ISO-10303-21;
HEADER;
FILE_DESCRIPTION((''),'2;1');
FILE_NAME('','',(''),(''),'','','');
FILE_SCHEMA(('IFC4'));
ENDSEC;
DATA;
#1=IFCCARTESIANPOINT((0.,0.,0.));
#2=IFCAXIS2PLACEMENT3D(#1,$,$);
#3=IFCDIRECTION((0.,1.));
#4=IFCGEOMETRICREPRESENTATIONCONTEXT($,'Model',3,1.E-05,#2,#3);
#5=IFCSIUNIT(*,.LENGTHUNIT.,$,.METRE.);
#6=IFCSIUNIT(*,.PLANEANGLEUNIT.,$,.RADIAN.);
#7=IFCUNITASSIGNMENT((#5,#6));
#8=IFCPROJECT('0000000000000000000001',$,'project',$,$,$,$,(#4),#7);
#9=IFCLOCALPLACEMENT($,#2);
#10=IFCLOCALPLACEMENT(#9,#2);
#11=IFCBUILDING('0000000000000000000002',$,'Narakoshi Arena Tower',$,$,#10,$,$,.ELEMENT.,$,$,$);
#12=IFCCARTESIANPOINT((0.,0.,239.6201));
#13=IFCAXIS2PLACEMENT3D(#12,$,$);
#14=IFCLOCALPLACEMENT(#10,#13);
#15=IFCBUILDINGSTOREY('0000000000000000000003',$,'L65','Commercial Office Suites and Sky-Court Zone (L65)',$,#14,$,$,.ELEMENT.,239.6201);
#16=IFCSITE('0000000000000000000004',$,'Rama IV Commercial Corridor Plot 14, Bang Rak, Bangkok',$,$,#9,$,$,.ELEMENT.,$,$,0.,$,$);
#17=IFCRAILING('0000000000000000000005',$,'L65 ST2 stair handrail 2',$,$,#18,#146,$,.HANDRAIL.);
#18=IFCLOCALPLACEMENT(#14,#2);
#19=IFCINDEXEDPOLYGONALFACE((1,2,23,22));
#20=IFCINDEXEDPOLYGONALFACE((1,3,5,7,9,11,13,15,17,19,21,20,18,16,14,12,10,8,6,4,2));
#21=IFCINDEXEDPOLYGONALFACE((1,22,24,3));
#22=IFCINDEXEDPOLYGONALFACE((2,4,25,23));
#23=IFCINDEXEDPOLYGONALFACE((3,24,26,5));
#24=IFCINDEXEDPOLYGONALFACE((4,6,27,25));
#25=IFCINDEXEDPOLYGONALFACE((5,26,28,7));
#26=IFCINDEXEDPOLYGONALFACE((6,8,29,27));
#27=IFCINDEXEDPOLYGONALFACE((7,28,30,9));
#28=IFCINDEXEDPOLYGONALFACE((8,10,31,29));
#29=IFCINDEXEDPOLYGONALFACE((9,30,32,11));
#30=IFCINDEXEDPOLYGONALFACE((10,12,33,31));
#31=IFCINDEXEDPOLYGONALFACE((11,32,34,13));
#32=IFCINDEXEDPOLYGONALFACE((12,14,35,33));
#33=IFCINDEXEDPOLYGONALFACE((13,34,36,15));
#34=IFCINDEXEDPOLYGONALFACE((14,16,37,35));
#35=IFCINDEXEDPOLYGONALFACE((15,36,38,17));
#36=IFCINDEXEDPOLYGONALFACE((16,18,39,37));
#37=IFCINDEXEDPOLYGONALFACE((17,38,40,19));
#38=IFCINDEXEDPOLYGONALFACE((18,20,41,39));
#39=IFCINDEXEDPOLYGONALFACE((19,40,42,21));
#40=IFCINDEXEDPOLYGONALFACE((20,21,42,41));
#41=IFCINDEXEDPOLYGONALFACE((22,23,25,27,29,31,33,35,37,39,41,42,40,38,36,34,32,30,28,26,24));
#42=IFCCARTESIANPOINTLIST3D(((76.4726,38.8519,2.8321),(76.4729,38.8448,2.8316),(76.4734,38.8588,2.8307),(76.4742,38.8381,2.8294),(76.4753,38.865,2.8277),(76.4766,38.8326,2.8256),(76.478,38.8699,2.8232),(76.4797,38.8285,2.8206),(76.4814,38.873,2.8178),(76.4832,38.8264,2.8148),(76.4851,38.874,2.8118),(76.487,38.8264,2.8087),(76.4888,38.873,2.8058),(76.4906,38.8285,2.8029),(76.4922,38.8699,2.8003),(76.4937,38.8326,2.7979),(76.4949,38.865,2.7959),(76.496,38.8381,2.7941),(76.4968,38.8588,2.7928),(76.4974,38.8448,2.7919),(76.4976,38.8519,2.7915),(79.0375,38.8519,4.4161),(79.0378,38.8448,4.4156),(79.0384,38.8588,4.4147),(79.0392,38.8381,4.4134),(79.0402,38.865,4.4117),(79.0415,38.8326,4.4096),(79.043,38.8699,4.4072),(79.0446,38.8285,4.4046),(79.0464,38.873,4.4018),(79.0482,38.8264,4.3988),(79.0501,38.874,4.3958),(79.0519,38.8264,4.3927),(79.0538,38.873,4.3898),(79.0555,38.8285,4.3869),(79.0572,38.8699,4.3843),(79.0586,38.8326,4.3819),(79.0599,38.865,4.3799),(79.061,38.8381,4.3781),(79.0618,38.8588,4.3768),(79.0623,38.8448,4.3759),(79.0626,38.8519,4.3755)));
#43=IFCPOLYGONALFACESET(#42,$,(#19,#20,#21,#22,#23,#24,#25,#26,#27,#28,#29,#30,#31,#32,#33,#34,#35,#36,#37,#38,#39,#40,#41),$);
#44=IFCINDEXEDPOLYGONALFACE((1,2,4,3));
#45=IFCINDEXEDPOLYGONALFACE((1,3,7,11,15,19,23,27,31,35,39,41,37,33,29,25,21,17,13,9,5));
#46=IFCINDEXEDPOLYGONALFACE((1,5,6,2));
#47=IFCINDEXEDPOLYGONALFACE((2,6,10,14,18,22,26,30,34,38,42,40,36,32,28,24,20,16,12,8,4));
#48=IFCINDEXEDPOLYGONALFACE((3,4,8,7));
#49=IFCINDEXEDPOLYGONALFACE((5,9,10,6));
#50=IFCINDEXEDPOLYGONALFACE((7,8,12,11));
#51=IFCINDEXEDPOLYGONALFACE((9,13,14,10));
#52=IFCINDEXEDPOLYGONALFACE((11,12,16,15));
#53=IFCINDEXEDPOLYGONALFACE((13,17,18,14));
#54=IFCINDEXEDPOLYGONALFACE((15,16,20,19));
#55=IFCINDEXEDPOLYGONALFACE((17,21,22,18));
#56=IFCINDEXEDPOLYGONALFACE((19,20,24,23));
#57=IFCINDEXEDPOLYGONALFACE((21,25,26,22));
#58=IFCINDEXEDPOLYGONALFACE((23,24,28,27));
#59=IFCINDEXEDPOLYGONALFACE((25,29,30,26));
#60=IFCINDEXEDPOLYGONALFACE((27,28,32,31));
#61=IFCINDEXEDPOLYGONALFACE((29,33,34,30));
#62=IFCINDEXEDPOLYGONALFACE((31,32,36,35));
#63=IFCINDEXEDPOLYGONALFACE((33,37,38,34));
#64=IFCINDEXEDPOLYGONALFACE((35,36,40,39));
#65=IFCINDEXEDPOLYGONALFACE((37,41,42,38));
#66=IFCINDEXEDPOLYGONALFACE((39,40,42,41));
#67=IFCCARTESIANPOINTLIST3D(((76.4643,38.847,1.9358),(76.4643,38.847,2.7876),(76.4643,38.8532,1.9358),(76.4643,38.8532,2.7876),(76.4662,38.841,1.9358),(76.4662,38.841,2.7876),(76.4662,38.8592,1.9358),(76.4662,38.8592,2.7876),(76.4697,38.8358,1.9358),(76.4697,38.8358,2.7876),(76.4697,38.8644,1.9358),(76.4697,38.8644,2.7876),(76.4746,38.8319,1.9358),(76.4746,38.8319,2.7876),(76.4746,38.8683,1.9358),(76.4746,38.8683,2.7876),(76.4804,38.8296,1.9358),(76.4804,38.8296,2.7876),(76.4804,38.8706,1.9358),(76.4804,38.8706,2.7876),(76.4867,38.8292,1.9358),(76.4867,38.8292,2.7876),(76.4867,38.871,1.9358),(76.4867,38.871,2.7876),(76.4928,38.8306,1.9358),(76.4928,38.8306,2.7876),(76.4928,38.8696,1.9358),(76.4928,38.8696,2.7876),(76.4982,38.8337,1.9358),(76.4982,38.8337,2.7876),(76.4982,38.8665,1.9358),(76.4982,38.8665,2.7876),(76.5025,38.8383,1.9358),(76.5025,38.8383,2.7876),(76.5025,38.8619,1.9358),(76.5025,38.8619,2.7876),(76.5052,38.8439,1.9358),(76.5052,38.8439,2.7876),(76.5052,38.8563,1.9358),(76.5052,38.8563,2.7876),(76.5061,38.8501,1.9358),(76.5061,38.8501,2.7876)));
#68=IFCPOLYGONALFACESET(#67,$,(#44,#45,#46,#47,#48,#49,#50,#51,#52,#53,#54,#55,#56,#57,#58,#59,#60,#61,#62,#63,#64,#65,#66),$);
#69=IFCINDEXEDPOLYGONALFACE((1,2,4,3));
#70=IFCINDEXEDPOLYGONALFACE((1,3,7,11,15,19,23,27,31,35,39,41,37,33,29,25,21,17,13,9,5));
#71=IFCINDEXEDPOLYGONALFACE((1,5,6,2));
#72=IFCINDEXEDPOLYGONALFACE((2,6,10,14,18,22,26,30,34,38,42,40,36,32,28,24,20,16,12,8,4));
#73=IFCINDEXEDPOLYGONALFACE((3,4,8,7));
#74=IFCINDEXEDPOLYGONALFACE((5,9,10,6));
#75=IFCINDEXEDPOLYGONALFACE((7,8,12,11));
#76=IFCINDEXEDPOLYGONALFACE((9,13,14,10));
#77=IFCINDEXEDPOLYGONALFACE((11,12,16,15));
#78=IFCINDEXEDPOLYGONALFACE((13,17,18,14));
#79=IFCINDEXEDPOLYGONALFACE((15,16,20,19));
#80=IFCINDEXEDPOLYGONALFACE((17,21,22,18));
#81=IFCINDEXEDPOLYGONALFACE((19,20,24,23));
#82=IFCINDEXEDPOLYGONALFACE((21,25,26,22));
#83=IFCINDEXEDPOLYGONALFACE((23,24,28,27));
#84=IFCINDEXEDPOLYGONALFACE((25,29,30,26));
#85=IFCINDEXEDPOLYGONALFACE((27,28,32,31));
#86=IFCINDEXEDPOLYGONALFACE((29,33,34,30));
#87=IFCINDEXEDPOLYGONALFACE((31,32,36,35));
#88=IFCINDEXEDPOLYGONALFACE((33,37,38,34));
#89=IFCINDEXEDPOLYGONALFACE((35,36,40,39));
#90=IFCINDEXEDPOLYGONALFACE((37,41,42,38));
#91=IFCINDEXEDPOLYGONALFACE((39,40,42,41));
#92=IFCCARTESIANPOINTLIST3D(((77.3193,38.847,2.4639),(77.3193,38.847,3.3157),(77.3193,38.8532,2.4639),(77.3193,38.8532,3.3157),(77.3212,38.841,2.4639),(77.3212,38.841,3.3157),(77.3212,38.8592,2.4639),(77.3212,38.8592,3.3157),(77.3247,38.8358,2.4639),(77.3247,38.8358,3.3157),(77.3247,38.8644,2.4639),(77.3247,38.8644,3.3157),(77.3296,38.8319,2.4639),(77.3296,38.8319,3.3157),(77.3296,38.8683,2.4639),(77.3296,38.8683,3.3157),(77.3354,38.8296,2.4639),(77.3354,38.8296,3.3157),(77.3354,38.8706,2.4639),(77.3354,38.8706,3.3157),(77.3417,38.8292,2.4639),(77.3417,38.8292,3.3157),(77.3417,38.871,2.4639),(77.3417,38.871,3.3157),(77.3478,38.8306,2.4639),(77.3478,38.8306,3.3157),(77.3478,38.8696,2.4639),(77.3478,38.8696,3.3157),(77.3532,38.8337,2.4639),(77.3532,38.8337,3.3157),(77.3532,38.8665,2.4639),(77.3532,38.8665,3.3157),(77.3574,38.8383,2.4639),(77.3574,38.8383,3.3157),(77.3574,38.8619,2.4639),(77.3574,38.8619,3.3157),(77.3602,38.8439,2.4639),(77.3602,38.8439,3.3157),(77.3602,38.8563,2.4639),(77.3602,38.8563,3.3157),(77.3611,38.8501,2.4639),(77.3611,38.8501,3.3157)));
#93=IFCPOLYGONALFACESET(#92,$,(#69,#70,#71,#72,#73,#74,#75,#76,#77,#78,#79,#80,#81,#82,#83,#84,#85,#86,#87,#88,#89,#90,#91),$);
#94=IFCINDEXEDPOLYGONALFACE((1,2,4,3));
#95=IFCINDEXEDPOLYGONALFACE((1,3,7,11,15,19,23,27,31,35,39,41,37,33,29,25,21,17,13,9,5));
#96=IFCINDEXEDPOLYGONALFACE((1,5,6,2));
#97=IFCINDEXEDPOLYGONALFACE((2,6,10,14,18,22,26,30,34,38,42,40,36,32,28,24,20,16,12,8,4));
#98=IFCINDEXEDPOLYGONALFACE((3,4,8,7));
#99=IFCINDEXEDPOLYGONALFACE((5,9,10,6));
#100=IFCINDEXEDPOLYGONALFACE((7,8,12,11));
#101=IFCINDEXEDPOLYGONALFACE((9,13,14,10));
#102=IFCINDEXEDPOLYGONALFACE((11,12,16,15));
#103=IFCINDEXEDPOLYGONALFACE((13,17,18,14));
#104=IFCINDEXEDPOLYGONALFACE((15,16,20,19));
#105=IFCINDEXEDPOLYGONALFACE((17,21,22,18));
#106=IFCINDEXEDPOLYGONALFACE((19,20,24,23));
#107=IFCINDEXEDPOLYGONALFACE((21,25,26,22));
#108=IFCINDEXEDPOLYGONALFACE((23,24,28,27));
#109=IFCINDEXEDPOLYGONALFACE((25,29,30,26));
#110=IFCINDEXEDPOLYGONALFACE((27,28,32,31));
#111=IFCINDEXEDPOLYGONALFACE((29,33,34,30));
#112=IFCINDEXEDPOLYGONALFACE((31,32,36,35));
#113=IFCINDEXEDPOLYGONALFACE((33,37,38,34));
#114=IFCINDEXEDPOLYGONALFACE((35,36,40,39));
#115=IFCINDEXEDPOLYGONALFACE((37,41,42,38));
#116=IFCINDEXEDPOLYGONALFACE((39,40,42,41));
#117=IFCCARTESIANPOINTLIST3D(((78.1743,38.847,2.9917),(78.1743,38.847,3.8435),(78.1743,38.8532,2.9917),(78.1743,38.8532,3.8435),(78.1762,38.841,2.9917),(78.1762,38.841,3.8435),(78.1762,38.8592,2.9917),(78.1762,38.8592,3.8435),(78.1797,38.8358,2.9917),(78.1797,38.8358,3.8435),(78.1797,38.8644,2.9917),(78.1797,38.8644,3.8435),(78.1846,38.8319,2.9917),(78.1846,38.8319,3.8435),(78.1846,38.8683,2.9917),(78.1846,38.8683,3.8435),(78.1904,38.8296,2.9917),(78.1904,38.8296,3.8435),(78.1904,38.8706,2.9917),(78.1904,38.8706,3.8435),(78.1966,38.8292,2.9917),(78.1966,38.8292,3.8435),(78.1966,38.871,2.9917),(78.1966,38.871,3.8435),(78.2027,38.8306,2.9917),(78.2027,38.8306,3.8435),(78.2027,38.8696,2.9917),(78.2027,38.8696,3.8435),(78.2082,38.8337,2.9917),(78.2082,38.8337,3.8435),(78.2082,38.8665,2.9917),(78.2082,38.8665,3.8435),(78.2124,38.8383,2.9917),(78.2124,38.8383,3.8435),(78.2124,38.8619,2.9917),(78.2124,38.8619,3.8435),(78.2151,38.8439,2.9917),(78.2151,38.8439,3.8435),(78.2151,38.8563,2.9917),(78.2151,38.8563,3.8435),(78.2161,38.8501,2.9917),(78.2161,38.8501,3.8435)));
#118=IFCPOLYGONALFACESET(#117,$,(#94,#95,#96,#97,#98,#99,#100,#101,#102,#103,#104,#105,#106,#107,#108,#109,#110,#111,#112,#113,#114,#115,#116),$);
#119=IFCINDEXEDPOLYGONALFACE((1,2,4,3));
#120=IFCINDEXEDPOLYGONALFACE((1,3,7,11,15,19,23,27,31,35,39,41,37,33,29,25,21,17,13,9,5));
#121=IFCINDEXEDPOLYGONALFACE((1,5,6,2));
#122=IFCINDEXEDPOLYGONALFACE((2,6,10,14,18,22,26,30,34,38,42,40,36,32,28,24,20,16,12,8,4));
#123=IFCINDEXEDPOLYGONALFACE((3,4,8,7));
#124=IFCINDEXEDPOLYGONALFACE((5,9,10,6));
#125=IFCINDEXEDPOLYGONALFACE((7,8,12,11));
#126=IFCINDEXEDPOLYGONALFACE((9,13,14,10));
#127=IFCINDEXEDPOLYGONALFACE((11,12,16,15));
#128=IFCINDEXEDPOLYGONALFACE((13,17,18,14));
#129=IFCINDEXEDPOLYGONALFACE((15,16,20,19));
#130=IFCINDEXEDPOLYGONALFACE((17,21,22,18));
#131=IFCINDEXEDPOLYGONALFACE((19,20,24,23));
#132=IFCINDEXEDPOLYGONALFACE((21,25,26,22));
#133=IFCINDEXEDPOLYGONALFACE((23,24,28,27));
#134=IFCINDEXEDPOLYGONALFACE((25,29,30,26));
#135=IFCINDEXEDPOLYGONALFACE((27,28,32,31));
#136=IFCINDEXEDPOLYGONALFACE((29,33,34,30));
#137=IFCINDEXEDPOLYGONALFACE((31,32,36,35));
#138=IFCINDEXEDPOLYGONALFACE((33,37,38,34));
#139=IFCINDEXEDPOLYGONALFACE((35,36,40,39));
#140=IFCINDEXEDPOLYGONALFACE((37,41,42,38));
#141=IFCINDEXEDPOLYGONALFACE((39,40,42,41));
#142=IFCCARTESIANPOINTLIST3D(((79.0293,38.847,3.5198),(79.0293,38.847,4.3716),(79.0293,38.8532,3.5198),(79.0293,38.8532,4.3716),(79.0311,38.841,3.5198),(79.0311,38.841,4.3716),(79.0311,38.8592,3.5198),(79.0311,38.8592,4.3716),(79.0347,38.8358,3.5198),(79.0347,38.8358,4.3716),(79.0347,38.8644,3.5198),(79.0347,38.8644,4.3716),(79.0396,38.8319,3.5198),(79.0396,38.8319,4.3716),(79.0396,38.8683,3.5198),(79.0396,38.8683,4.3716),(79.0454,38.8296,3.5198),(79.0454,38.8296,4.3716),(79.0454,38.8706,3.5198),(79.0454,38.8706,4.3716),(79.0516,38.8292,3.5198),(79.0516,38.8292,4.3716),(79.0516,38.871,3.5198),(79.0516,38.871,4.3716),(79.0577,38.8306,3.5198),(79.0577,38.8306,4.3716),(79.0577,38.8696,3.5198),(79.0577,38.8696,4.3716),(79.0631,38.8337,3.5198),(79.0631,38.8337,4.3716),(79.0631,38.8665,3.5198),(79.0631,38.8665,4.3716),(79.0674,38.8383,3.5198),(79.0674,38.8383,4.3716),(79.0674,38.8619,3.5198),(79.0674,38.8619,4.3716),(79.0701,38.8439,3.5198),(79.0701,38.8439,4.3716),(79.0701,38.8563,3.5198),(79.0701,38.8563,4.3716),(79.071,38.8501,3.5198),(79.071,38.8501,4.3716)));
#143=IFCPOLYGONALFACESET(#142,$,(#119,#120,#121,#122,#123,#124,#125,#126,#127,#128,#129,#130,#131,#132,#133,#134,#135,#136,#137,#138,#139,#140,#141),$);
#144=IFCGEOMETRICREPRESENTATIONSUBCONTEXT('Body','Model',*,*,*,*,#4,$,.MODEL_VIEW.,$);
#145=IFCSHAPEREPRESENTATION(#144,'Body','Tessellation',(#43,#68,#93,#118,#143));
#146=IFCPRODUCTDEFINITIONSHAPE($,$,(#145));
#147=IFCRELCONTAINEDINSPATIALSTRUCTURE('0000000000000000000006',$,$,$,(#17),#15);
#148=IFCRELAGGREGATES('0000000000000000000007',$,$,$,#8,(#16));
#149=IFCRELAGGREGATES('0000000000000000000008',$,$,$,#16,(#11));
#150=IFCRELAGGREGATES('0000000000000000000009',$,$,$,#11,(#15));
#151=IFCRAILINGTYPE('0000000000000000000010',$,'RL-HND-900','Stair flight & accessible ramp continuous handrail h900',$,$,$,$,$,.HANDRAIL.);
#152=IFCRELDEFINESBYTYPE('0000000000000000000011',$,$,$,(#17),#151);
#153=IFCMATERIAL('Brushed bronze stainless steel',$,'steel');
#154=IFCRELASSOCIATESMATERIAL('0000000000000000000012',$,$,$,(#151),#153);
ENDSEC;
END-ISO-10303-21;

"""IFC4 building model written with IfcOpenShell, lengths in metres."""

from ifc_helpers import new_model, si_unit, direction, frame, origin, origin_2d, place, context, subcontext, project, spatial, circle, extrude, material, type_object, element, save


model = new_model("IFC4")

# Units and contexts
model_context = context("Model", 3, precision=1e-05, world=origin(), true_north=direction((0.0, 1.0)))
body_context = subcontext(model_context, "Body", "Model", "MODEL_VIEW")
ifc_project = project(units=[si_unit("LENGTHUNIT", "METRE"), si_unit("PLANEANGLEUNIT", "RADIAN")], contexts=[model_context])

# Site, building, storey
site_placement = place(None, origin())
site = spatial("IfcSite", under=ifc_project, at=site_placement, Name="Rama IV Commercial Corridor Plot 14, Bang Rak, Bangkok", CompositionType="ELEMENT", RefElevation=0.0)
building_placement = place(site_placement, origin())
building = spatial("IfcBuilding", under=site, at=building_placement, Name="Narakoshi Arena Tower", CompositionType="ELEMENT")
storey_placement = place(building_placement, frame((0.0, 0.0, 239.6201)))
storey = spatial("IfcBuildingStorey", under=building, at=storey_placement, Name="L65", Description="Commercial Office Suites and Sky-Court Zone (L65)", CompositionType="ELEMENT", Elevation=239.6201)

# Railing
ifc_material_1 = material(Name="Brushed bronze stainless steel", Category="steel")
railing_type_1 = type_object("IfcRailingType", Name="RL-HND-900", Description="Stair flight & accessible ramp continuous handrail h900", PredefinedType="HANDRAIL", material=ifc_material_1)
railing_1_placement = place(storey_placement, frame((76.4851, 38.8501, 1.9358)))
element("IfcRailing", 1, at=railing_1_placement, inside=storey, type_object=railing_type_1, Name="L65 ST2 stair handrail 2", PredefinedType="HANDRAIL", context=body_context, shape_type="SweptSolid", body=[
    extrude(circle(Radius=0.0239, at=origin_2d()), frame((0.0, 0.0, 0.876), z_axis=(0.850834, 0.0, 0.525434), x_axis=(0.0, 1.0, 0.0)), (0.0, 0.0, 1.0), 3.0146),
    extrude(circle(Radius=0.021, at=origin_2d()), origin(), (0.0, 0.0, 1.0), 0.8518),
    extrude(circle(Radius=0.021, at=origin_2d()), frame((0.855, 0.0, 0.5281)), (0.0, 0.0, 1.0), 0.8518),
    extrude(circle(Radius=0.021, at=origin_2d()), frame((1.71, 0.0, 1.0559)), (0.0, 0.0, 1.0), 0.8518),
    extrude(circle(Radius=0.021, at=origin_2d()), frame((2.5649, 0.0, 1.584)), (0.0, 0.0, 1.0), 0.8518),
])

save(model, "model.ifc")
